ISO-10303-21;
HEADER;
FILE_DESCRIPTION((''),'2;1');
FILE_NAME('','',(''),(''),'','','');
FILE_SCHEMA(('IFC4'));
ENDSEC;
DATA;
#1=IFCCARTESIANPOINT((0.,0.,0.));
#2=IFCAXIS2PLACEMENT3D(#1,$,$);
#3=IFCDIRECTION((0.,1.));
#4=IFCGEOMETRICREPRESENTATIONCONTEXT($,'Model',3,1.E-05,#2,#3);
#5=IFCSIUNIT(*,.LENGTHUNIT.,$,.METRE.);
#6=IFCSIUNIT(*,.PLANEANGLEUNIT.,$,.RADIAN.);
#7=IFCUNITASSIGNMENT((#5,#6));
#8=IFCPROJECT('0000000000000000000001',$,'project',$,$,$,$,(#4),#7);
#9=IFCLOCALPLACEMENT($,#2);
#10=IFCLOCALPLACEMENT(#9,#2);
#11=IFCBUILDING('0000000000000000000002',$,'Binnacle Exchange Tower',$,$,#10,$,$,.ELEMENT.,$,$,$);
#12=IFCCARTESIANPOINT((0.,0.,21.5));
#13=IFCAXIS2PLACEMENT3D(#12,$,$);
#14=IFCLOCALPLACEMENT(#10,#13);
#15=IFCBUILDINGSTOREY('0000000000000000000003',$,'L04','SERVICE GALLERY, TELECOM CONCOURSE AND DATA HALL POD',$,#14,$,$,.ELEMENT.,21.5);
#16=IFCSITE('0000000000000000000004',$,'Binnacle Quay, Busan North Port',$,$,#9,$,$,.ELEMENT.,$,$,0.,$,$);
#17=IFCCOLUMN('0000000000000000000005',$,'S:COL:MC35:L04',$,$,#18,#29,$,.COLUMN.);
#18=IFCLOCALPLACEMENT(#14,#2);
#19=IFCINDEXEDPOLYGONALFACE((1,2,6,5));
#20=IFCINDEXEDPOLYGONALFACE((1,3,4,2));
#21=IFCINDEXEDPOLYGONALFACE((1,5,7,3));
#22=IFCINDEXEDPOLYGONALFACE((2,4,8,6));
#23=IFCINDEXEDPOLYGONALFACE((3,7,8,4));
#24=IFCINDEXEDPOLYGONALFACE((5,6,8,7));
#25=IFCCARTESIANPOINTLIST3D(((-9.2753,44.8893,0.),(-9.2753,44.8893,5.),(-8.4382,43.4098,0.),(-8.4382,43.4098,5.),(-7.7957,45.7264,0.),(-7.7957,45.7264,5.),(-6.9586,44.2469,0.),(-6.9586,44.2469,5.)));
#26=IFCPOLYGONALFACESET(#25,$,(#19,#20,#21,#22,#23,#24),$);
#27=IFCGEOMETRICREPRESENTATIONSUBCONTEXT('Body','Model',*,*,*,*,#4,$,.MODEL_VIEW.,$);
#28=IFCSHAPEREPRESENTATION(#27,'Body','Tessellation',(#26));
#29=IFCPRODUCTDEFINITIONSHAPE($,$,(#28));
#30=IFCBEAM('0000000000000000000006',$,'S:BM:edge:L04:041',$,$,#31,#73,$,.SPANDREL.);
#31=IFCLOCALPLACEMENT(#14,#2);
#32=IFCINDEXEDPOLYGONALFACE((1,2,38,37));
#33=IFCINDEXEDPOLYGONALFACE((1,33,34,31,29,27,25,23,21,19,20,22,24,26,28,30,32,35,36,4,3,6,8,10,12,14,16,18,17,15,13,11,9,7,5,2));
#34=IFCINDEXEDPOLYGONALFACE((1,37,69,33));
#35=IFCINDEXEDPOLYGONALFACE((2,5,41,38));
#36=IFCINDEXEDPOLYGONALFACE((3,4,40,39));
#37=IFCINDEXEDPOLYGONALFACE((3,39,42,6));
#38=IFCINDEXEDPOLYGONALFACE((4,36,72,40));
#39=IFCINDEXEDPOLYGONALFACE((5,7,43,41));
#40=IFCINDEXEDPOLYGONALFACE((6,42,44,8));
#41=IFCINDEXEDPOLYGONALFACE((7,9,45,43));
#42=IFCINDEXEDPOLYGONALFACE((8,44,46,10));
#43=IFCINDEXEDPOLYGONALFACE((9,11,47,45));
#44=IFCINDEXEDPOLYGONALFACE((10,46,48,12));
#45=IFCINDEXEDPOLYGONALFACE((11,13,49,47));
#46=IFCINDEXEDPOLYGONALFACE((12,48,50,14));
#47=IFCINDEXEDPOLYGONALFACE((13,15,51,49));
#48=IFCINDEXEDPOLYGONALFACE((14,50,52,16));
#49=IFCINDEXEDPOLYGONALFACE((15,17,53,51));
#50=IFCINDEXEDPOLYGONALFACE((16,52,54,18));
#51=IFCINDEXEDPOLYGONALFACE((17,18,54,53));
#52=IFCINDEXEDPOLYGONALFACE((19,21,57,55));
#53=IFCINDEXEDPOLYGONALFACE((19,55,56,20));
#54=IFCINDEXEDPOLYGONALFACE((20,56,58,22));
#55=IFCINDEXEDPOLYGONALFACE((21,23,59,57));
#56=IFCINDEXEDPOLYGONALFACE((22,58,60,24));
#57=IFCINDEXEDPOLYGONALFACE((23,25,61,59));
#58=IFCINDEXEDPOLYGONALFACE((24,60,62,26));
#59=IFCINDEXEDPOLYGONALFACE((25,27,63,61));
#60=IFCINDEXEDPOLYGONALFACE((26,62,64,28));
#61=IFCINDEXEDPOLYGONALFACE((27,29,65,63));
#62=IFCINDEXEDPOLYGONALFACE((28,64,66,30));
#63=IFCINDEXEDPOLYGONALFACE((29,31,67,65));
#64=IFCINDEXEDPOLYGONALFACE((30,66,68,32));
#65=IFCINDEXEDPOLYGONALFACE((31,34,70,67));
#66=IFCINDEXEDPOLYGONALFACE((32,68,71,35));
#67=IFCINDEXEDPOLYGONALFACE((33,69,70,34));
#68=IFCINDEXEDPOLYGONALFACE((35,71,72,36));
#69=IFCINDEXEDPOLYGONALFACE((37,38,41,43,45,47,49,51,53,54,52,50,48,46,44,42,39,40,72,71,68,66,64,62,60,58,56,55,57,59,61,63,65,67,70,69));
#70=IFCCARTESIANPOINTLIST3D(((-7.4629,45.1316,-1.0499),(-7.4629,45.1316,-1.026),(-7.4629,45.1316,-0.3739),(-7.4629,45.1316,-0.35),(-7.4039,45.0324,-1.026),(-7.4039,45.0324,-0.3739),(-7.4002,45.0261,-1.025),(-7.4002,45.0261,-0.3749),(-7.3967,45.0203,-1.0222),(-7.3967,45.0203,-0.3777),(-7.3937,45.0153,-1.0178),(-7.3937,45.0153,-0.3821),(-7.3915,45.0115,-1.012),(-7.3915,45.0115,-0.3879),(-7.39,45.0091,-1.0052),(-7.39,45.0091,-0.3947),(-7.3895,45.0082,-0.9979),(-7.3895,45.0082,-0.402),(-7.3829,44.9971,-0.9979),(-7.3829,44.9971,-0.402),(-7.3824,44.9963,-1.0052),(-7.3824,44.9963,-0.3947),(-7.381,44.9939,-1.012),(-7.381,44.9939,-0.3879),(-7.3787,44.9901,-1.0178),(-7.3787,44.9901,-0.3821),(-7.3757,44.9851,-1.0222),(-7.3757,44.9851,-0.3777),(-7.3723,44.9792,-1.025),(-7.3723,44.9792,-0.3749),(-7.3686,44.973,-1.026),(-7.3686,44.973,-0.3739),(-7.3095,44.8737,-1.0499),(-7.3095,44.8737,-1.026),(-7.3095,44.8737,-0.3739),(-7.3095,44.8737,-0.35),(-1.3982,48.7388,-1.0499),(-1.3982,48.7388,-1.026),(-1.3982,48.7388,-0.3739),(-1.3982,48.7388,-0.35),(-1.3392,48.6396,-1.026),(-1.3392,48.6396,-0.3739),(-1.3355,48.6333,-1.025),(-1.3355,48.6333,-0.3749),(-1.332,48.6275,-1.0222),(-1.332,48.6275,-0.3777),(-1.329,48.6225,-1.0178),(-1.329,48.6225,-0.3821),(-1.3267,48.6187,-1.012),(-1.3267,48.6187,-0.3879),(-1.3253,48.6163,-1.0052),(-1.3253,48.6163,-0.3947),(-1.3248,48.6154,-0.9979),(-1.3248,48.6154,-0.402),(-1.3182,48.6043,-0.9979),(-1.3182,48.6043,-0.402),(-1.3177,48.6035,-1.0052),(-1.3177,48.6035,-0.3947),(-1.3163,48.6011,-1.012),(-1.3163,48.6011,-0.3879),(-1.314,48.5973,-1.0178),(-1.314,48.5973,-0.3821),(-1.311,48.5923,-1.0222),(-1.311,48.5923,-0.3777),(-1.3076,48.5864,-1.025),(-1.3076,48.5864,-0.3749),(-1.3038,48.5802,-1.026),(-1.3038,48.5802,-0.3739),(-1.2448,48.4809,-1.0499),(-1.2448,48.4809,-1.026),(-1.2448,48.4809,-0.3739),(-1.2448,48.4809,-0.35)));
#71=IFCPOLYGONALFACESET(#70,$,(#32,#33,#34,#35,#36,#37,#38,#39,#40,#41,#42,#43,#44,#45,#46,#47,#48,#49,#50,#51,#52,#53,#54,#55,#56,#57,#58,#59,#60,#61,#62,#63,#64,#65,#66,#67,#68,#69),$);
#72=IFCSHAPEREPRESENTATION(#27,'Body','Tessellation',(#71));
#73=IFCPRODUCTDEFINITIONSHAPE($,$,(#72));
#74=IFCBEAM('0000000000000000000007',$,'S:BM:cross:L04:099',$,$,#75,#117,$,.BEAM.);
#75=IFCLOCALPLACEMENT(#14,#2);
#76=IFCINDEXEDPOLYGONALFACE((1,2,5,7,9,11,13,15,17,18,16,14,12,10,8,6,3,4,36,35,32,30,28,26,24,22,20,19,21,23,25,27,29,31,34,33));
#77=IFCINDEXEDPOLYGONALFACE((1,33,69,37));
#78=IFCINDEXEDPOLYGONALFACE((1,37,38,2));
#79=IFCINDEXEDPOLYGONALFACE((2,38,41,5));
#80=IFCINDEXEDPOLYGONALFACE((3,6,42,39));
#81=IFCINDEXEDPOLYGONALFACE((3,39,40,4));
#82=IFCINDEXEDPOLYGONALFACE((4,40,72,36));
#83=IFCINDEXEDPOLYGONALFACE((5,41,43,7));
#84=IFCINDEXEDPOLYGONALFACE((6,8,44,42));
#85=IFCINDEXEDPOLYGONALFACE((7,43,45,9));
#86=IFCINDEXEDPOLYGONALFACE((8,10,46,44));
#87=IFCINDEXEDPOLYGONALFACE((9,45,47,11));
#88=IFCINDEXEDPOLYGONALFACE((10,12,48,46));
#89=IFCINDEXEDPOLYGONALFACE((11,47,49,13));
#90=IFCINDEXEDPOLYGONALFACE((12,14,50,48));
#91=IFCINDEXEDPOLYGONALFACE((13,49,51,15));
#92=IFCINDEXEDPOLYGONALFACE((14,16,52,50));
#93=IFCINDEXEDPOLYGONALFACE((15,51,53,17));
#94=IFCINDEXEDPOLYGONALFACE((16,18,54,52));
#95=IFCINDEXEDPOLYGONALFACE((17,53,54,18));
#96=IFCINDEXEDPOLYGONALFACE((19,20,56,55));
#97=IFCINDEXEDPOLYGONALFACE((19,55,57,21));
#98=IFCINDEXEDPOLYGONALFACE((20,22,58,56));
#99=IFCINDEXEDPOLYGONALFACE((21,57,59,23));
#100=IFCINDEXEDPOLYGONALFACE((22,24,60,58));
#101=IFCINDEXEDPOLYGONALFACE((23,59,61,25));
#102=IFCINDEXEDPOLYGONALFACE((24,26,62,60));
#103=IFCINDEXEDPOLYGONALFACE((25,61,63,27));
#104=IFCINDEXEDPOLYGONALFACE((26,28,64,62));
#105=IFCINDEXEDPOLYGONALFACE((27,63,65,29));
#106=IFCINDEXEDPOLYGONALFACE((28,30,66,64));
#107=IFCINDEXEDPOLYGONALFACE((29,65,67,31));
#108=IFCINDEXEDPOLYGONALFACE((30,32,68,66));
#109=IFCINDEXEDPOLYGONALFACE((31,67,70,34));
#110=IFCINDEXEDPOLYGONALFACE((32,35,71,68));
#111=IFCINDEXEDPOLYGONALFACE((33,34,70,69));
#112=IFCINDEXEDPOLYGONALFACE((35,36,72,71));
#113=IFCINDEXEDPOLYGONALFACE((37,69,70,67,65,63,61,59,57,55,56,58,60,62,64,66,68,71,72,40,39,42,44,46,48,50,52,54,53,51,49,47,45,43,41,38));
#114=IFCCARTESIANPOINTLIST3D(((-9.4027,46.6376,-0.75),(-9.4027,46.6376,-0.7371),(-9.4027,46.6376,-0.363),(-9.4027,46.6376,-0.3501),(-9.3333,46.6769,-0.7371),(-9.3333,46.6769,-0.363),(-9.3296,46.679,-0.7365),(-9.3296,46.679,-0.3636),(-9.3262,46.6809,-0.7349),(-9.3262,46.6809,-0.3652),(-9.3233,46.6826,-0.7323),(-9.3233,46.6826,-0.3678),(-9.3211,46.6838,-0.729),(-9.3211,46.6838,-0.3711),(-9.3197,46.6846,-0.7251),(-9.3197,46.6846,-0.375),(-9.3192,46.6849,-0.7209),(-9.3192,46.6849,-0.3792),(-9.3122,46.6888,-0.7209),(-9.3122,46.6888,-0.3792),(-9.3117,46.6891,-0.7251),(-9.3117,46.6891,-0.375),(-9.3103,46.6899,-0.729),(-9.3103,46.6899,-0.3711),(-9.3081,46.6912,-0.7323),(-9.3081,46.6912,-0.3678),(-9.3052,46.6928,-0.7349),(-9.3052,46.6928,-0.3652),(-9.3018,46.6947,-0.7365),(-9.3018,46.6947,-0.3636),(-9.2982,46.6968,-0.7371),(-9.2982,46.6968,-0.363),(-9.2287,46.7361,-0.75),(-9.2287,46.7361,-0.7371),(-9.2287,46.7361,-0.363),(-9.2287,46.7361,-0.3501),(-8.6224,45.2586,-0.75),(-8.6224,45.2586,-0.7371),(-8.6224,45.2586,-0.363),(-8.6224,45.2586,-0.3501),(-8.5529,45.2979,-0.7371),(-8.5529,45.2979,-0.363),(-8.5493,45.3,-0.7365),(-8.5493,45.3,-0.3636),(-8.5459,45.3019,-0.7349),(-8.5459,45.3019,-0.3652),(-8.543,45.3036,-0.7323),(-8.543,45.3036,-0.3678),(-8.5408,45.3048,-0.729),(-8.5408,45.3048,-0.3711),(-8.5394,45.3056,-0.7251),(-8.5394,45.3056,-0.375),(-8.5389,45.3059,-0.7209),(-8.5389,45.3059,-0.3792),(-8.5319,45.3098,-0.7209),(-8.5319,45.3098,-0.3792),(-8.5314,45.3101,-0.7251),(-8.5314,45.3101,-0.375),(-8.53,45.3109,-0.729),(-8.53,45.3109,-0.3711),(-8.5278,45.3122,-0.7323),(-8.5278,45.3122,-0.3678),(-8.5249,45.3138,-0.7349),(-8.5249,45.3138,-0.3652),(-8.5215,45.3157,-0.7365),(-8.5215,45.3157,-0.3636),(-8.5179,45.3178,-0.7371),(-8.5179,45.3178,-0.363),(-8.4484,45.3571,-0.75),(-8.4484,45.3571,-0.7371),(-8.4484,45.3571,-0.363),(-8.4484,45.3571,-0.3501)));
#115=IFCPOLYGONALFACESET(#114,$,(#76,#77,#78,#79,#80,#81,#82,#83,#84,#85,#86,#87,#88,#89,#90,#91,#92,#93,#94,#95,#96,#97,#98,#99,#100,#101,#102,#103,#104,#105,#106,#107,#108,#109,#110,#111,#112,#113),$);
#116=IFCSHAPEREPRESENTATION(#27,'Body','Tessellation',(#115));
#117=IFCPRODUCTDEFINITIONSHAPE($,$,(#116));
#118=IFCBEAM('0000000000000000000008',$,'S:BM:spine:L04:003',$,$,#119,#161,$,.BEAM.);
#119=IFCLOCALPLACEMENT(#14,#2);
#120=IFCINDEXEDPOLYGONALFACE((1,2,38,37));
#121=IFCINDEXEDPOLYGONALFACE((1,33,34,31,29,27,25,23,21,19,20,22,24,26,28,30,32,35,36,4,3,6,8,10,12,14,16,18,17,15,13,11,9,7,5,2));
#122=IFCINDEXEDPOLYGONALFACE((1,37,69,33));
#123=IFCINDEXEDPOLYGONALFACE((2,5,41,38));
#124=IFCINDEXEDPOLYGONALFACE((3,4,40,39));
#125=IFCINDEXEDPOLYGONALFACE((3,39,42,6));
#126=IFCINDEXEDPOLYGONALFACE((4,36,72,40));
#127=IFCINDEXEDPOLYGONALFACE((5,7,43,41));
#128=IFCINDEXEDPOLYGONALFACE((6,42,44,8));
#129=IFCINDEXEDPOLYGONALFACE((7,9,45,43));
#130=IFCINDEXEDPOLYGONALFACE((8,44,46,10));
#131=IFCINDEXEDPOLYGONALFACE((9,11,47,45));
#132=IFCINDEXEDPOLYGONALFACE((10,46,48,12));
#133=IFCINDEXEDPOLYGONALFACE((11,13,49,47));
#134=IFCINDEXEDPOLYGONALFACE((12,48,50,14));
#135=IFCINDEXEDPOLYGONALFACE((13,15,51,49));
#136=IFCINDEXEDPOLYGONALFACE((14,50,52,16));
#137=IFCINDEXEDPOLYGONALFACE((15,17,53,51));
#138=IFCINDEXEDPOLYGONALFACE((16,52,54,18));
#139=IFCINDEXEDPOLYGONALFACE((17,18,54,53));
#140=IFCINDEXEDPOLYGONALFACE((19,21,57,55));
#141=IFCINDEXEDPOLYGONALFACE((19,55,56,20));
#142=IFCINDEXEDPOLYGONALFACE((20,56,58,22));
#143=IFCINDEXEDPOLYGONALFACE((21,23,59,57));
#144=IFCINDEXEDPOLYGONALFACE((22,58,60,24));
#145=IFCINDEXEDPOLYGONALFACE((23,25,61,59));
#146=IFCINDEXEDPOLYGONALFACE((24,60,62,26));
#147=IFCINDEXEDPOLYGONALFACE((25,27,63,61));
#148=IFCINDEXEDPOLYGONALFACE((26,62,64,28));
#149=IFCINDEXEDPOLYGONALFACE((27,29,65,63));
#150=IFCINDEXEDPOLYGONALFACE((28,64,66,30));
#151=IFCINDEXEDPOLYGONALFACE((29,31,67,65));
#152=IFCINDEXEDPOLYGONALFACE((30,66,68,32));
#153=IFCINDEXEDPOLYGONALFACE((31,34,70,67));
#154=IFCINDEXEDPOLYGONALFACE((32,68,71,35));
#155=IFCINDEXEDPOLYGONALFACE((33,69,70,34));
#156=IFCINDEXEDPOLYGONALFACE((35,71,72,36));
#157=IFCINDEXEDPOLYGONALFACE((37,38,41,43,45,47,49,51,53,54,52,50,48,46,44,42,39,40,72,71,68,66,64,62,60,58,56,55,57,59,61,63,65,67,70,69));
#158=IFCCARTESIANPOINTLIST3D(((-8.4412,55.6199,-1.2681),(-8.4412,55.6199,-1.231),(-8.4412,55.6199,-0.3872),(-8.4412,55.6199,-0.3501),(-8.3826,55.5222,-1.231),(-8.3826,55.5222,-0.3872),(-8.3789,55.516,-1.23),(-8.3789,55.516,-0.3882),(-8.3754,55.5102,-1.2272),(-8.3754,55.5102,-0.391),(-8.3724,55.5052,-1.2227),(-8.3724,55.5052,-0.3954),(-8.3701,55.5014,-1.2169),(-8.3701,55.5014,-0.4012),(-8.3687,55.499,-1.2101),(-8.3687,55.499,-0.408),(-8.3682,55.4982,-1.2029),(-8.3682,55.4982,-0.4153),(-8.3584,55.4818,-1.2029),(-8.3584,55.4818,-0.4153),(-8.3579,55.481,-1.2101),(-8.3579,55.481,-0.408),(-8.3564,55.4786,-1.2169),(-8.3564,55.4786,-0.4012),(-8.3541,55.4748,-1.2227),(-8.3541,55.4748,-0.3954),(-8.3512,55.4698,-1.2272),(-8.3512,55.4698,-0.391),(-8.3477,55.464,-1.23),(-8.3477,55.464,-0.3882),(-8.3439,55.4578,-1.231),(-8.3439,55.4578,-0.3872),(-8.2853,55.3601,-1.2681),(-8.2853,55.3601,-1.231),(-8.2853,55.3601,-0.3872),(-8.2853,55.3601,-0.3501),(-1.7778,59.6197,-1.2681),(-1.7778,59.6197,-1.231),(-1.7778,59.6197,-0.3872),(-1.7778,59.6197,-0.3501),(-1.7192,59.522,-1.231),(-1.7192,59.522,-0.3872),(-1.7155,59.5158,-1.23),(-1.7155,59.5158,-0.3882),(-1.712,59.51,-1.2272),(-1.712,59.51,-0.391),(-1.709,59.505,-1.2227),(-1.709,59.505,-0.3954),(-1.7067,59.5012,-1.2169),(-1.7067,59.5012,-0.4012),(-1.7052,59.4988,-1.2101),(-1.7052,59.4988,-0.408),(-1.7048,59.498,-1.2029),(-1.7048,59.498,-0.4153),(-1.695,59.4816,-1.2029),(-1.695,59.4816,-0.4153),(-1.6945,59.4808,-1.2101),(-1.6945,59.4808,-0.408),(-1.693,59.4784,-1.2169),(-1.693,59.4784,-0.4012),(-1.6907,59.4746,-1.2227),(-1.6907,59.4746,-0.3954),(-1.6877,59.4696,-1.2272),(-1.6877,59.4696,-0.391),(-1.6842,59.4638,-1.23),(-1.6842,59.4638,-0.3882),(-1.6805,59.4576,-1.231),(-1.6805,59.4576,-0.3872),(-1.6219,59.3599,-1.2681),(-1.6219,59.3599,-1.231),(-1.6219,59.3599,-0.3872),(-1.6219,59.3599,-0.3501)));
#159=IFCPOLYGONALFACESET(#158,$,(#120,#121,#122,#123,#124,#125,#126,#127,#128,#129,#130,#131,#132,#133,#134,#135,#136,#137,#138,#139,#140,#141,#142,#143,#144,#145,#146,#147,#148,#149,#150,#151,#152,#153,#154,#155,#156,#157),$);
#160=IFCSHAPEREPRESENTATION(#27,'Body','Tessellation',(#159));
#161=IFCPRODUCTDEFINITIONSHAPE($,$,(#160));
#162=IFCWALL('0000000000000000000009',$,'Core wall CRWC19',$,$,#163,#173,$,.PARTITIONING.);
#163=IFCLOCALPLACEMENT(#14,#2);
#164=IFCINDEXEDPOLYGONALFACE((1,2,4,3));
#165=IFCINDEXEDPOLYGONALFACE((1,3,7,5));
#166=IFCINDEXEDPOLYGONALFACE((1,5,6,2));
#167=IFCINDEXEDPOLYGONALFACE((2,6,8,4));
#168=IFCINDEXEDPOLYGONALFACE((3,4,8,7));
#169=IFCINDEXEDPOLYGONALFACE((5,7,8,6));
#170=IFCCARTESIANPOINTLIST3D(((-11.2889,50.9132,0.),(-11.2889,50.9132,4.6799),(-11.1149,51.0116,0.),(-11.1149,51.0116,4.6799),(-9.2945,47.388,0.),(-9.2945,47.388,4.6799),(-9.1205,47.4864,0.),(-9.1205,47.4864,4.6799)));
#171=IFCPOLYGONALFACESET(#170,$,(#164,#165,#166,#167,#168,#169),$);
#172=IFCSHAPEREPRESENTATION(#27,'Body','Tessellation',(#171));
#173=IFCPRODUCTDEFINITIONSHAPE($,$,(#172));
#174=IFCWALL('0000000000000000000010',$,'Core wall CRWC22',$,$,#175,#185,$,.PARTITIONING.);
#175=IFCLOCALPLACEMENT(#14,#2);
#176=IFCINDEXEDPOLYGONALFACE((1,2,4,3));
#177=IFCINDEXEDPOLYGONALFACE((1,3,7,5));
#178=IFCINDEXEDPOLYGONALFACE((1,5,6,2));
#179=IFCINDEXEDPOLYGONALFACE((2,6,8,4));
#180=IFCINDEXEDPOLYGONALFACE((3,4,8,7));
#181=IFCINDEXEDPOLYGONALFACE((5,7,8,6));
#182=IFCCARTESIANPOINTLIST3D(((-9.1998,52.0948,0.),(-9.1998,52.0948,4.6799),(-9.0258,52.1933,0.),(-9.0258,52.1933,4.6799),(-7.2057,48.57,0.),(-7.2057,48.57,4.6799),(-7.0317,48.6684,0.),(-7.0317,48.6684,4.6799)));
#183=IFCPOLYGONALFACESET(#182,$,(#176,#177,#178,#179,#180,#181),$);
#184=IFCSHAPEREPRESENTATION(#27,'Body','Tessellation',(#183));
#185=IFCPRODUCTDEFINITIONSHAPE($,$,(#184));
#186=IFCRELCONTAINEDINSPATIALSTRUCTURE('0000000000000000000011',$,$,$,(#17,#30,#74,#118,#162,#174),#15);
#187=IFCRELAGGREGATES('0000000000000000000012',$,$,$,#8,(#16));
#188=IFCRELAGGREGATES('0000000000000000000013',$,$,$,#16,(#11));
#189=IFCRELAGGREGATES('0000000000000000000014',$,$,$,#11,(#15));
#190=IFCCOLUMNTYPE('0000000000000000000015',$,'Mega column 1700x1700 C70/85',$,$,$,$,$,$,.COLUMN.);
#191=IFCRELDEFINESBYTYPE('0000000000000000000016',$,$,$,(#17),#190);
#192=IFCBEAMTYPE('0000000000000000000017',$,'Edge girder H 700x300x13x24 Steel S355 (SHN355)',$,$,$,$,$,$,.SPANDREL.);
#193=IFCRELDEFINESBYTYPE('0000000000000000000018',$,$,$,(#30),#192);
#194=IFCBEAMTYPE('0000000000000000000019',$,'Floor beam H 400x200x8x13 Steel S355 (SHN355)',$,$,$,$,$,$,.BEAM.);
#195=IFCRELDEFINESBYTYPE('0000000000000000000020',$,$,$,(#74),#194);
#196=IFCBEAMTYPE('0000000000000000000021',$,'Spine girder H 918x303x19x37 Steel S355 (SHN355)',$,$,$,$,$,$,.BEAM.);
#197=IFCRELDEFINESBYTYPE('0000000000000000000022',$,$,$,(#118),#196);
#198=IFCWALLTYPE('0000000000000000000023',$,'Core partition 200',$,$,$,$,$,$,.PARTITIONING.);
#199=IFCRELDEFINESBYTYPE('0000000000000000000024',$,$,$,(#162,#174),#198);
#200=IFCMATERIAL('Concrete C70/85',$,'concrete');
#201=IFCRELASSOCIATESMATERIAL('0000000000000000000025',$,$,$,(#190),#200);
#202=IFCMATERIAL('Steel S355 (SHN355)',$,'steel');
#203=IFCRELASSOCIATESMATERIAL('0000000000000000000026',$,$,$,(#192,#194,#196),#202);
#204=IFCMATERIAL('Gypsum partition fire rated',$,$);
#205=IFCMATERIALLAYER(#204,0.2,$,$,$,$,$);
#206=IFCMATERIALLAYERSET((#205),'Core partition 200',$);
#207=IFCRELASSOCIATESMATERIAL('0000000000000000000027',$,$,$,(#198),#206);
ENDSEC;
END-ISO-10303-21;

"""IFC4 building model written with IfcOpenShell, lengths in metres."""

from ifc_helpers import new_model, si_unit, direction, frame, frame_2d, origin, origin_2d, place, context, subcontext, project, spatial, rectangle, i_section, extrude, material, layer, layer_set, material_profile, profile_set, type_object, element, save


model = new_model("IFC4")

# Units and contexts
model_context = context("Model", 3, precision=1e-05, world=origin(), true_north=direction((0.0, 1.0)))
body_context = subcontext(model_context, "Body", "Model", "MODEL_VIEW")
ifc_project = project(units=[si_unit("LENGTHUNIT", "METRE"), si_unit("PLANEANGLEUNIT", "RADIAN")], contexts=[model_context])

# Site, building, storey
site_placement = place(None, origin())
site = spatial("IfcSite", under=ifc_project, at=site_placement, Name="Binnacle Quay, Busan North Port", CompositionType="ELEMENT", RefElevation=0.0)
building_placement = place(site_placement, origin())
building = spatial("IfcBuilding", under=site, at=building_placement, Name="Binnacle Exchange Tower", CompositionType="ELEMENT")
storey_placement = place(building_placement, frame((0.0, 0.0, 21.5)))
storey = spatial("IfcBuildingStorey", under=building, at=storey_placement, Name="L04", Description="SERVICE GALLERY, TELECOM CONCOURSE AND DATA HALL POD", CompositionType="ELEMENT", Elevation=21.5)

# Column
ifc_material_1 = material(Name="Concrete C70/85", Category="concrete")
ifc_material_profile_1 = material_profile(ifc_material_1, rectangle(XDim=1.7, YDim=1.7, at=origin_2d()), Name="Mega column 1700x1700 C70/85")
ifc_profile_set_1 = profile_set([ifc_material_profile_1], Name="Concrete C70/85")
column_type = type_object("IfcColumnType", Name="Mega column 1700x1700 C70/85", PredefinedType="COLUMN", material=ifc_profile_set_1)
column_placement = place(storey_placement, frame((-8.1169, 44.5681, 0.0), z_axis=(0.0, 0.0, 1.0), x_axis=(0.870356, 0.492424, 0.0)))
element("IfcColumn", 1, at=column_placement, inside=storey, type_object=column_type, Name="S:COL:MC35:L04", PredefinedType="COLUMN", context=body_context, shape_type="SweptSolid", body=[
    extrude(rectangle(XDim=1.7, YDim=1.7, at=origin_2d()), origin(), (0.0, 0.0, 1.0), 5.0),
])

# Beams
ifc_material_2 = material(Name="Steel S355 (SHN355)", Category="steel")
ifc_material_profile_2 = material_profile(ifc_material_2, i_section(OverallWidth=0.3, OverallDepth=0.7, WebThickness=0.0129, FlangeThickness=0.0239, FilletRadius=0.0281, at=origin_2d()), Name="H 700x300x13x24")
ifc_profile_set_2 = profile_set([ifc_material_profile_2], Name="Steel S355 (SHN355)")
beam_type_1 = type_object("IfcBeamType", Name="Edge girder H 700x300x13x24 Steel S355 (SHN355)", PredefinedType="SPANDREL", material=ifc_profile_set_2)
beam_1_placement = place(storey_placement, frame((-7.3862, 45.0027, -0.7), z_axis=(0.859465, 0.511195, 0.0), x_axis=(-0.511195, 0.859465, 0.0)))
element("IfcBeam", 2, at=beam_1_placement, inside=storey, type_object=beam_type_1, Name="S:BM:edge:L04:041", PredefinedType="SPANDREL", context=body_context, shape_type="SweptSolid", body=[
    extrude(i_section(OverallWidth=0.3, OverallDepth=0.7, WebThickness=0.0129, FlangeThickness=0.0239, FilletRadius=0.0281, at=origin_2d()), origin(), (0.0, 0.0, 1.0), 7.0564),
])
ifc_material_profile_3 = material_profile(ifc_material_2, i_section(OverallWidth=0.2, OverallDepth=0.3999, WebThickness=0.0081, FlangeThickness=0.0129, FilletRadius=0.0161, at=origin_2d()), Name="H 400x200x8x13")
ifc_profile_set_3 = profile_set([ifc_material_profile_3], Name="Steel S355 (SHN355)")
beam_type_2 = type_object("IfcBeamType", Name="Floor beam H 400x200x8x13 Steel S355 (SHN355)", PredefinedType="BEAM", material=ifc_profile_set_3)
beam_2_placement = place(storey_placement, frame((-8.5354, 45.3079, -0.55), z_axis=(-0.492484, 0.870322, 0.0), x_axis=(-0.870322, -0.492484, 0.0)))
element("IfcBeam", 3, at=beam_2_placement, inside=storey, type_object=beam_type_2, Name="S:BM:cross:L04:099", PredefinedType="BEAM", context=body_context, shape_type="SweptSolid", body=[
    extrude(i_section(OverallWidth=0.2, OverallDepth=0.3999, WebThickness=0.0081, FlangeThickness=0.0129, FilletRadius=0.0161, at=origin_2d()), origin(), (0.0, 0.0, 1.0), 1.5845),
])
ifc_material_profile_4 = material_profile(ifc_material_2, i_section(OverallWidth=0.303, OverallDepth=0.918, WebThickness=0.019, FlangeThickness=0.0371, FilletRadius=0.0281, at=origin_2d()), Name="H 918x303x19x37")
ifc_profile_set_4 = profile_set([ifc_material_profile_4], Name="Steel S355 (SHN355)")
beam_type_3 = type_object("IfcBeamType", Name="Spine girder H 918x303x19x37 Steel S355 (SHN355)", PredefinedType="BEAM", material=ifc_profile_set_4)
beam_3_placement = place(storey_placement, frame((-8.3633, 55.49, -0.8091), z_axis=(0.857393, 0.514662, 0.0), x_axis=(-0.514662, 0.857393, 0.0)))
element("IfcBeam", 4, at=beam_3_placement, inside=storey, type_object=beam_type_3, Name="S:BM:spine:L04:003", PredefinedType="BEAM", context=body_context, shape_type="SweptSolid", body=[
    extrude(i_section(OverallWidth=0.303, OverallDepth=0.918, WebThickness=0.019, FlangeThickness=0.0371, FilletRadius=0.0281, at=origin_2d()), origin(), (0.0, 0.0, 1.0), 7.7717),
])

# Walls
ifc_material_3 = material(Name="Gypsum partition fire rated")
ifc_layer_1 = layer(ifc_material_3, 0.2)
ifc_layer_set_1 = layer_set([ifc_layer_1], Name="Core partition 200")
wall_type_1 = type_object("IfcWallType", Name="Core partition 200", PredefinedType="PARTITIONING", material=ifc_layer_set_1)
wall_1_placement = place(storey_placement, frame((-11.2019, 50.9624, 0.0), z_axis=(0.0, 0.0, 1.0), x_axis=(0.492415, -0.870361, 0.0)))
element("IfcWall", 5, at=wall_1_placement, inside=storey, type_object=wall_type_1, Name="Core wall CRWC19", PredefinedType="PARTITIONING", context=body_context, shape_type="SweptSolid", body=[
    extrude(rectangle(XDim=4.0503, YDim=0.2, at=frame_2d((2.0251, 0.0))), origin(), (0.0, 0.0, 1.0), 4.6799),
])
wall_2_placement = place(storey_placement, frame((-9.1128, 52.144, 0.0), z_axis=(0.0, 0.0, 1.0), x_axis=(0.492395, -0.870372, 0.0)))
element("IfcWall", 6, at=wall_2_placement, inside=storey, type_object=wall_type_1, Name="Core wall CRWC22", PredefinedType="PARTITIONING", context=body_context, shape_type="SweptSolid", body=[
    extrude(rectangle(XDim=4.0498, YDim=0.2, at=frame_2d((2.0249, 0.0))), origin(), (0.0, 0.0, 1.0), 4.6799),
])

save(model, "model.ifc")
